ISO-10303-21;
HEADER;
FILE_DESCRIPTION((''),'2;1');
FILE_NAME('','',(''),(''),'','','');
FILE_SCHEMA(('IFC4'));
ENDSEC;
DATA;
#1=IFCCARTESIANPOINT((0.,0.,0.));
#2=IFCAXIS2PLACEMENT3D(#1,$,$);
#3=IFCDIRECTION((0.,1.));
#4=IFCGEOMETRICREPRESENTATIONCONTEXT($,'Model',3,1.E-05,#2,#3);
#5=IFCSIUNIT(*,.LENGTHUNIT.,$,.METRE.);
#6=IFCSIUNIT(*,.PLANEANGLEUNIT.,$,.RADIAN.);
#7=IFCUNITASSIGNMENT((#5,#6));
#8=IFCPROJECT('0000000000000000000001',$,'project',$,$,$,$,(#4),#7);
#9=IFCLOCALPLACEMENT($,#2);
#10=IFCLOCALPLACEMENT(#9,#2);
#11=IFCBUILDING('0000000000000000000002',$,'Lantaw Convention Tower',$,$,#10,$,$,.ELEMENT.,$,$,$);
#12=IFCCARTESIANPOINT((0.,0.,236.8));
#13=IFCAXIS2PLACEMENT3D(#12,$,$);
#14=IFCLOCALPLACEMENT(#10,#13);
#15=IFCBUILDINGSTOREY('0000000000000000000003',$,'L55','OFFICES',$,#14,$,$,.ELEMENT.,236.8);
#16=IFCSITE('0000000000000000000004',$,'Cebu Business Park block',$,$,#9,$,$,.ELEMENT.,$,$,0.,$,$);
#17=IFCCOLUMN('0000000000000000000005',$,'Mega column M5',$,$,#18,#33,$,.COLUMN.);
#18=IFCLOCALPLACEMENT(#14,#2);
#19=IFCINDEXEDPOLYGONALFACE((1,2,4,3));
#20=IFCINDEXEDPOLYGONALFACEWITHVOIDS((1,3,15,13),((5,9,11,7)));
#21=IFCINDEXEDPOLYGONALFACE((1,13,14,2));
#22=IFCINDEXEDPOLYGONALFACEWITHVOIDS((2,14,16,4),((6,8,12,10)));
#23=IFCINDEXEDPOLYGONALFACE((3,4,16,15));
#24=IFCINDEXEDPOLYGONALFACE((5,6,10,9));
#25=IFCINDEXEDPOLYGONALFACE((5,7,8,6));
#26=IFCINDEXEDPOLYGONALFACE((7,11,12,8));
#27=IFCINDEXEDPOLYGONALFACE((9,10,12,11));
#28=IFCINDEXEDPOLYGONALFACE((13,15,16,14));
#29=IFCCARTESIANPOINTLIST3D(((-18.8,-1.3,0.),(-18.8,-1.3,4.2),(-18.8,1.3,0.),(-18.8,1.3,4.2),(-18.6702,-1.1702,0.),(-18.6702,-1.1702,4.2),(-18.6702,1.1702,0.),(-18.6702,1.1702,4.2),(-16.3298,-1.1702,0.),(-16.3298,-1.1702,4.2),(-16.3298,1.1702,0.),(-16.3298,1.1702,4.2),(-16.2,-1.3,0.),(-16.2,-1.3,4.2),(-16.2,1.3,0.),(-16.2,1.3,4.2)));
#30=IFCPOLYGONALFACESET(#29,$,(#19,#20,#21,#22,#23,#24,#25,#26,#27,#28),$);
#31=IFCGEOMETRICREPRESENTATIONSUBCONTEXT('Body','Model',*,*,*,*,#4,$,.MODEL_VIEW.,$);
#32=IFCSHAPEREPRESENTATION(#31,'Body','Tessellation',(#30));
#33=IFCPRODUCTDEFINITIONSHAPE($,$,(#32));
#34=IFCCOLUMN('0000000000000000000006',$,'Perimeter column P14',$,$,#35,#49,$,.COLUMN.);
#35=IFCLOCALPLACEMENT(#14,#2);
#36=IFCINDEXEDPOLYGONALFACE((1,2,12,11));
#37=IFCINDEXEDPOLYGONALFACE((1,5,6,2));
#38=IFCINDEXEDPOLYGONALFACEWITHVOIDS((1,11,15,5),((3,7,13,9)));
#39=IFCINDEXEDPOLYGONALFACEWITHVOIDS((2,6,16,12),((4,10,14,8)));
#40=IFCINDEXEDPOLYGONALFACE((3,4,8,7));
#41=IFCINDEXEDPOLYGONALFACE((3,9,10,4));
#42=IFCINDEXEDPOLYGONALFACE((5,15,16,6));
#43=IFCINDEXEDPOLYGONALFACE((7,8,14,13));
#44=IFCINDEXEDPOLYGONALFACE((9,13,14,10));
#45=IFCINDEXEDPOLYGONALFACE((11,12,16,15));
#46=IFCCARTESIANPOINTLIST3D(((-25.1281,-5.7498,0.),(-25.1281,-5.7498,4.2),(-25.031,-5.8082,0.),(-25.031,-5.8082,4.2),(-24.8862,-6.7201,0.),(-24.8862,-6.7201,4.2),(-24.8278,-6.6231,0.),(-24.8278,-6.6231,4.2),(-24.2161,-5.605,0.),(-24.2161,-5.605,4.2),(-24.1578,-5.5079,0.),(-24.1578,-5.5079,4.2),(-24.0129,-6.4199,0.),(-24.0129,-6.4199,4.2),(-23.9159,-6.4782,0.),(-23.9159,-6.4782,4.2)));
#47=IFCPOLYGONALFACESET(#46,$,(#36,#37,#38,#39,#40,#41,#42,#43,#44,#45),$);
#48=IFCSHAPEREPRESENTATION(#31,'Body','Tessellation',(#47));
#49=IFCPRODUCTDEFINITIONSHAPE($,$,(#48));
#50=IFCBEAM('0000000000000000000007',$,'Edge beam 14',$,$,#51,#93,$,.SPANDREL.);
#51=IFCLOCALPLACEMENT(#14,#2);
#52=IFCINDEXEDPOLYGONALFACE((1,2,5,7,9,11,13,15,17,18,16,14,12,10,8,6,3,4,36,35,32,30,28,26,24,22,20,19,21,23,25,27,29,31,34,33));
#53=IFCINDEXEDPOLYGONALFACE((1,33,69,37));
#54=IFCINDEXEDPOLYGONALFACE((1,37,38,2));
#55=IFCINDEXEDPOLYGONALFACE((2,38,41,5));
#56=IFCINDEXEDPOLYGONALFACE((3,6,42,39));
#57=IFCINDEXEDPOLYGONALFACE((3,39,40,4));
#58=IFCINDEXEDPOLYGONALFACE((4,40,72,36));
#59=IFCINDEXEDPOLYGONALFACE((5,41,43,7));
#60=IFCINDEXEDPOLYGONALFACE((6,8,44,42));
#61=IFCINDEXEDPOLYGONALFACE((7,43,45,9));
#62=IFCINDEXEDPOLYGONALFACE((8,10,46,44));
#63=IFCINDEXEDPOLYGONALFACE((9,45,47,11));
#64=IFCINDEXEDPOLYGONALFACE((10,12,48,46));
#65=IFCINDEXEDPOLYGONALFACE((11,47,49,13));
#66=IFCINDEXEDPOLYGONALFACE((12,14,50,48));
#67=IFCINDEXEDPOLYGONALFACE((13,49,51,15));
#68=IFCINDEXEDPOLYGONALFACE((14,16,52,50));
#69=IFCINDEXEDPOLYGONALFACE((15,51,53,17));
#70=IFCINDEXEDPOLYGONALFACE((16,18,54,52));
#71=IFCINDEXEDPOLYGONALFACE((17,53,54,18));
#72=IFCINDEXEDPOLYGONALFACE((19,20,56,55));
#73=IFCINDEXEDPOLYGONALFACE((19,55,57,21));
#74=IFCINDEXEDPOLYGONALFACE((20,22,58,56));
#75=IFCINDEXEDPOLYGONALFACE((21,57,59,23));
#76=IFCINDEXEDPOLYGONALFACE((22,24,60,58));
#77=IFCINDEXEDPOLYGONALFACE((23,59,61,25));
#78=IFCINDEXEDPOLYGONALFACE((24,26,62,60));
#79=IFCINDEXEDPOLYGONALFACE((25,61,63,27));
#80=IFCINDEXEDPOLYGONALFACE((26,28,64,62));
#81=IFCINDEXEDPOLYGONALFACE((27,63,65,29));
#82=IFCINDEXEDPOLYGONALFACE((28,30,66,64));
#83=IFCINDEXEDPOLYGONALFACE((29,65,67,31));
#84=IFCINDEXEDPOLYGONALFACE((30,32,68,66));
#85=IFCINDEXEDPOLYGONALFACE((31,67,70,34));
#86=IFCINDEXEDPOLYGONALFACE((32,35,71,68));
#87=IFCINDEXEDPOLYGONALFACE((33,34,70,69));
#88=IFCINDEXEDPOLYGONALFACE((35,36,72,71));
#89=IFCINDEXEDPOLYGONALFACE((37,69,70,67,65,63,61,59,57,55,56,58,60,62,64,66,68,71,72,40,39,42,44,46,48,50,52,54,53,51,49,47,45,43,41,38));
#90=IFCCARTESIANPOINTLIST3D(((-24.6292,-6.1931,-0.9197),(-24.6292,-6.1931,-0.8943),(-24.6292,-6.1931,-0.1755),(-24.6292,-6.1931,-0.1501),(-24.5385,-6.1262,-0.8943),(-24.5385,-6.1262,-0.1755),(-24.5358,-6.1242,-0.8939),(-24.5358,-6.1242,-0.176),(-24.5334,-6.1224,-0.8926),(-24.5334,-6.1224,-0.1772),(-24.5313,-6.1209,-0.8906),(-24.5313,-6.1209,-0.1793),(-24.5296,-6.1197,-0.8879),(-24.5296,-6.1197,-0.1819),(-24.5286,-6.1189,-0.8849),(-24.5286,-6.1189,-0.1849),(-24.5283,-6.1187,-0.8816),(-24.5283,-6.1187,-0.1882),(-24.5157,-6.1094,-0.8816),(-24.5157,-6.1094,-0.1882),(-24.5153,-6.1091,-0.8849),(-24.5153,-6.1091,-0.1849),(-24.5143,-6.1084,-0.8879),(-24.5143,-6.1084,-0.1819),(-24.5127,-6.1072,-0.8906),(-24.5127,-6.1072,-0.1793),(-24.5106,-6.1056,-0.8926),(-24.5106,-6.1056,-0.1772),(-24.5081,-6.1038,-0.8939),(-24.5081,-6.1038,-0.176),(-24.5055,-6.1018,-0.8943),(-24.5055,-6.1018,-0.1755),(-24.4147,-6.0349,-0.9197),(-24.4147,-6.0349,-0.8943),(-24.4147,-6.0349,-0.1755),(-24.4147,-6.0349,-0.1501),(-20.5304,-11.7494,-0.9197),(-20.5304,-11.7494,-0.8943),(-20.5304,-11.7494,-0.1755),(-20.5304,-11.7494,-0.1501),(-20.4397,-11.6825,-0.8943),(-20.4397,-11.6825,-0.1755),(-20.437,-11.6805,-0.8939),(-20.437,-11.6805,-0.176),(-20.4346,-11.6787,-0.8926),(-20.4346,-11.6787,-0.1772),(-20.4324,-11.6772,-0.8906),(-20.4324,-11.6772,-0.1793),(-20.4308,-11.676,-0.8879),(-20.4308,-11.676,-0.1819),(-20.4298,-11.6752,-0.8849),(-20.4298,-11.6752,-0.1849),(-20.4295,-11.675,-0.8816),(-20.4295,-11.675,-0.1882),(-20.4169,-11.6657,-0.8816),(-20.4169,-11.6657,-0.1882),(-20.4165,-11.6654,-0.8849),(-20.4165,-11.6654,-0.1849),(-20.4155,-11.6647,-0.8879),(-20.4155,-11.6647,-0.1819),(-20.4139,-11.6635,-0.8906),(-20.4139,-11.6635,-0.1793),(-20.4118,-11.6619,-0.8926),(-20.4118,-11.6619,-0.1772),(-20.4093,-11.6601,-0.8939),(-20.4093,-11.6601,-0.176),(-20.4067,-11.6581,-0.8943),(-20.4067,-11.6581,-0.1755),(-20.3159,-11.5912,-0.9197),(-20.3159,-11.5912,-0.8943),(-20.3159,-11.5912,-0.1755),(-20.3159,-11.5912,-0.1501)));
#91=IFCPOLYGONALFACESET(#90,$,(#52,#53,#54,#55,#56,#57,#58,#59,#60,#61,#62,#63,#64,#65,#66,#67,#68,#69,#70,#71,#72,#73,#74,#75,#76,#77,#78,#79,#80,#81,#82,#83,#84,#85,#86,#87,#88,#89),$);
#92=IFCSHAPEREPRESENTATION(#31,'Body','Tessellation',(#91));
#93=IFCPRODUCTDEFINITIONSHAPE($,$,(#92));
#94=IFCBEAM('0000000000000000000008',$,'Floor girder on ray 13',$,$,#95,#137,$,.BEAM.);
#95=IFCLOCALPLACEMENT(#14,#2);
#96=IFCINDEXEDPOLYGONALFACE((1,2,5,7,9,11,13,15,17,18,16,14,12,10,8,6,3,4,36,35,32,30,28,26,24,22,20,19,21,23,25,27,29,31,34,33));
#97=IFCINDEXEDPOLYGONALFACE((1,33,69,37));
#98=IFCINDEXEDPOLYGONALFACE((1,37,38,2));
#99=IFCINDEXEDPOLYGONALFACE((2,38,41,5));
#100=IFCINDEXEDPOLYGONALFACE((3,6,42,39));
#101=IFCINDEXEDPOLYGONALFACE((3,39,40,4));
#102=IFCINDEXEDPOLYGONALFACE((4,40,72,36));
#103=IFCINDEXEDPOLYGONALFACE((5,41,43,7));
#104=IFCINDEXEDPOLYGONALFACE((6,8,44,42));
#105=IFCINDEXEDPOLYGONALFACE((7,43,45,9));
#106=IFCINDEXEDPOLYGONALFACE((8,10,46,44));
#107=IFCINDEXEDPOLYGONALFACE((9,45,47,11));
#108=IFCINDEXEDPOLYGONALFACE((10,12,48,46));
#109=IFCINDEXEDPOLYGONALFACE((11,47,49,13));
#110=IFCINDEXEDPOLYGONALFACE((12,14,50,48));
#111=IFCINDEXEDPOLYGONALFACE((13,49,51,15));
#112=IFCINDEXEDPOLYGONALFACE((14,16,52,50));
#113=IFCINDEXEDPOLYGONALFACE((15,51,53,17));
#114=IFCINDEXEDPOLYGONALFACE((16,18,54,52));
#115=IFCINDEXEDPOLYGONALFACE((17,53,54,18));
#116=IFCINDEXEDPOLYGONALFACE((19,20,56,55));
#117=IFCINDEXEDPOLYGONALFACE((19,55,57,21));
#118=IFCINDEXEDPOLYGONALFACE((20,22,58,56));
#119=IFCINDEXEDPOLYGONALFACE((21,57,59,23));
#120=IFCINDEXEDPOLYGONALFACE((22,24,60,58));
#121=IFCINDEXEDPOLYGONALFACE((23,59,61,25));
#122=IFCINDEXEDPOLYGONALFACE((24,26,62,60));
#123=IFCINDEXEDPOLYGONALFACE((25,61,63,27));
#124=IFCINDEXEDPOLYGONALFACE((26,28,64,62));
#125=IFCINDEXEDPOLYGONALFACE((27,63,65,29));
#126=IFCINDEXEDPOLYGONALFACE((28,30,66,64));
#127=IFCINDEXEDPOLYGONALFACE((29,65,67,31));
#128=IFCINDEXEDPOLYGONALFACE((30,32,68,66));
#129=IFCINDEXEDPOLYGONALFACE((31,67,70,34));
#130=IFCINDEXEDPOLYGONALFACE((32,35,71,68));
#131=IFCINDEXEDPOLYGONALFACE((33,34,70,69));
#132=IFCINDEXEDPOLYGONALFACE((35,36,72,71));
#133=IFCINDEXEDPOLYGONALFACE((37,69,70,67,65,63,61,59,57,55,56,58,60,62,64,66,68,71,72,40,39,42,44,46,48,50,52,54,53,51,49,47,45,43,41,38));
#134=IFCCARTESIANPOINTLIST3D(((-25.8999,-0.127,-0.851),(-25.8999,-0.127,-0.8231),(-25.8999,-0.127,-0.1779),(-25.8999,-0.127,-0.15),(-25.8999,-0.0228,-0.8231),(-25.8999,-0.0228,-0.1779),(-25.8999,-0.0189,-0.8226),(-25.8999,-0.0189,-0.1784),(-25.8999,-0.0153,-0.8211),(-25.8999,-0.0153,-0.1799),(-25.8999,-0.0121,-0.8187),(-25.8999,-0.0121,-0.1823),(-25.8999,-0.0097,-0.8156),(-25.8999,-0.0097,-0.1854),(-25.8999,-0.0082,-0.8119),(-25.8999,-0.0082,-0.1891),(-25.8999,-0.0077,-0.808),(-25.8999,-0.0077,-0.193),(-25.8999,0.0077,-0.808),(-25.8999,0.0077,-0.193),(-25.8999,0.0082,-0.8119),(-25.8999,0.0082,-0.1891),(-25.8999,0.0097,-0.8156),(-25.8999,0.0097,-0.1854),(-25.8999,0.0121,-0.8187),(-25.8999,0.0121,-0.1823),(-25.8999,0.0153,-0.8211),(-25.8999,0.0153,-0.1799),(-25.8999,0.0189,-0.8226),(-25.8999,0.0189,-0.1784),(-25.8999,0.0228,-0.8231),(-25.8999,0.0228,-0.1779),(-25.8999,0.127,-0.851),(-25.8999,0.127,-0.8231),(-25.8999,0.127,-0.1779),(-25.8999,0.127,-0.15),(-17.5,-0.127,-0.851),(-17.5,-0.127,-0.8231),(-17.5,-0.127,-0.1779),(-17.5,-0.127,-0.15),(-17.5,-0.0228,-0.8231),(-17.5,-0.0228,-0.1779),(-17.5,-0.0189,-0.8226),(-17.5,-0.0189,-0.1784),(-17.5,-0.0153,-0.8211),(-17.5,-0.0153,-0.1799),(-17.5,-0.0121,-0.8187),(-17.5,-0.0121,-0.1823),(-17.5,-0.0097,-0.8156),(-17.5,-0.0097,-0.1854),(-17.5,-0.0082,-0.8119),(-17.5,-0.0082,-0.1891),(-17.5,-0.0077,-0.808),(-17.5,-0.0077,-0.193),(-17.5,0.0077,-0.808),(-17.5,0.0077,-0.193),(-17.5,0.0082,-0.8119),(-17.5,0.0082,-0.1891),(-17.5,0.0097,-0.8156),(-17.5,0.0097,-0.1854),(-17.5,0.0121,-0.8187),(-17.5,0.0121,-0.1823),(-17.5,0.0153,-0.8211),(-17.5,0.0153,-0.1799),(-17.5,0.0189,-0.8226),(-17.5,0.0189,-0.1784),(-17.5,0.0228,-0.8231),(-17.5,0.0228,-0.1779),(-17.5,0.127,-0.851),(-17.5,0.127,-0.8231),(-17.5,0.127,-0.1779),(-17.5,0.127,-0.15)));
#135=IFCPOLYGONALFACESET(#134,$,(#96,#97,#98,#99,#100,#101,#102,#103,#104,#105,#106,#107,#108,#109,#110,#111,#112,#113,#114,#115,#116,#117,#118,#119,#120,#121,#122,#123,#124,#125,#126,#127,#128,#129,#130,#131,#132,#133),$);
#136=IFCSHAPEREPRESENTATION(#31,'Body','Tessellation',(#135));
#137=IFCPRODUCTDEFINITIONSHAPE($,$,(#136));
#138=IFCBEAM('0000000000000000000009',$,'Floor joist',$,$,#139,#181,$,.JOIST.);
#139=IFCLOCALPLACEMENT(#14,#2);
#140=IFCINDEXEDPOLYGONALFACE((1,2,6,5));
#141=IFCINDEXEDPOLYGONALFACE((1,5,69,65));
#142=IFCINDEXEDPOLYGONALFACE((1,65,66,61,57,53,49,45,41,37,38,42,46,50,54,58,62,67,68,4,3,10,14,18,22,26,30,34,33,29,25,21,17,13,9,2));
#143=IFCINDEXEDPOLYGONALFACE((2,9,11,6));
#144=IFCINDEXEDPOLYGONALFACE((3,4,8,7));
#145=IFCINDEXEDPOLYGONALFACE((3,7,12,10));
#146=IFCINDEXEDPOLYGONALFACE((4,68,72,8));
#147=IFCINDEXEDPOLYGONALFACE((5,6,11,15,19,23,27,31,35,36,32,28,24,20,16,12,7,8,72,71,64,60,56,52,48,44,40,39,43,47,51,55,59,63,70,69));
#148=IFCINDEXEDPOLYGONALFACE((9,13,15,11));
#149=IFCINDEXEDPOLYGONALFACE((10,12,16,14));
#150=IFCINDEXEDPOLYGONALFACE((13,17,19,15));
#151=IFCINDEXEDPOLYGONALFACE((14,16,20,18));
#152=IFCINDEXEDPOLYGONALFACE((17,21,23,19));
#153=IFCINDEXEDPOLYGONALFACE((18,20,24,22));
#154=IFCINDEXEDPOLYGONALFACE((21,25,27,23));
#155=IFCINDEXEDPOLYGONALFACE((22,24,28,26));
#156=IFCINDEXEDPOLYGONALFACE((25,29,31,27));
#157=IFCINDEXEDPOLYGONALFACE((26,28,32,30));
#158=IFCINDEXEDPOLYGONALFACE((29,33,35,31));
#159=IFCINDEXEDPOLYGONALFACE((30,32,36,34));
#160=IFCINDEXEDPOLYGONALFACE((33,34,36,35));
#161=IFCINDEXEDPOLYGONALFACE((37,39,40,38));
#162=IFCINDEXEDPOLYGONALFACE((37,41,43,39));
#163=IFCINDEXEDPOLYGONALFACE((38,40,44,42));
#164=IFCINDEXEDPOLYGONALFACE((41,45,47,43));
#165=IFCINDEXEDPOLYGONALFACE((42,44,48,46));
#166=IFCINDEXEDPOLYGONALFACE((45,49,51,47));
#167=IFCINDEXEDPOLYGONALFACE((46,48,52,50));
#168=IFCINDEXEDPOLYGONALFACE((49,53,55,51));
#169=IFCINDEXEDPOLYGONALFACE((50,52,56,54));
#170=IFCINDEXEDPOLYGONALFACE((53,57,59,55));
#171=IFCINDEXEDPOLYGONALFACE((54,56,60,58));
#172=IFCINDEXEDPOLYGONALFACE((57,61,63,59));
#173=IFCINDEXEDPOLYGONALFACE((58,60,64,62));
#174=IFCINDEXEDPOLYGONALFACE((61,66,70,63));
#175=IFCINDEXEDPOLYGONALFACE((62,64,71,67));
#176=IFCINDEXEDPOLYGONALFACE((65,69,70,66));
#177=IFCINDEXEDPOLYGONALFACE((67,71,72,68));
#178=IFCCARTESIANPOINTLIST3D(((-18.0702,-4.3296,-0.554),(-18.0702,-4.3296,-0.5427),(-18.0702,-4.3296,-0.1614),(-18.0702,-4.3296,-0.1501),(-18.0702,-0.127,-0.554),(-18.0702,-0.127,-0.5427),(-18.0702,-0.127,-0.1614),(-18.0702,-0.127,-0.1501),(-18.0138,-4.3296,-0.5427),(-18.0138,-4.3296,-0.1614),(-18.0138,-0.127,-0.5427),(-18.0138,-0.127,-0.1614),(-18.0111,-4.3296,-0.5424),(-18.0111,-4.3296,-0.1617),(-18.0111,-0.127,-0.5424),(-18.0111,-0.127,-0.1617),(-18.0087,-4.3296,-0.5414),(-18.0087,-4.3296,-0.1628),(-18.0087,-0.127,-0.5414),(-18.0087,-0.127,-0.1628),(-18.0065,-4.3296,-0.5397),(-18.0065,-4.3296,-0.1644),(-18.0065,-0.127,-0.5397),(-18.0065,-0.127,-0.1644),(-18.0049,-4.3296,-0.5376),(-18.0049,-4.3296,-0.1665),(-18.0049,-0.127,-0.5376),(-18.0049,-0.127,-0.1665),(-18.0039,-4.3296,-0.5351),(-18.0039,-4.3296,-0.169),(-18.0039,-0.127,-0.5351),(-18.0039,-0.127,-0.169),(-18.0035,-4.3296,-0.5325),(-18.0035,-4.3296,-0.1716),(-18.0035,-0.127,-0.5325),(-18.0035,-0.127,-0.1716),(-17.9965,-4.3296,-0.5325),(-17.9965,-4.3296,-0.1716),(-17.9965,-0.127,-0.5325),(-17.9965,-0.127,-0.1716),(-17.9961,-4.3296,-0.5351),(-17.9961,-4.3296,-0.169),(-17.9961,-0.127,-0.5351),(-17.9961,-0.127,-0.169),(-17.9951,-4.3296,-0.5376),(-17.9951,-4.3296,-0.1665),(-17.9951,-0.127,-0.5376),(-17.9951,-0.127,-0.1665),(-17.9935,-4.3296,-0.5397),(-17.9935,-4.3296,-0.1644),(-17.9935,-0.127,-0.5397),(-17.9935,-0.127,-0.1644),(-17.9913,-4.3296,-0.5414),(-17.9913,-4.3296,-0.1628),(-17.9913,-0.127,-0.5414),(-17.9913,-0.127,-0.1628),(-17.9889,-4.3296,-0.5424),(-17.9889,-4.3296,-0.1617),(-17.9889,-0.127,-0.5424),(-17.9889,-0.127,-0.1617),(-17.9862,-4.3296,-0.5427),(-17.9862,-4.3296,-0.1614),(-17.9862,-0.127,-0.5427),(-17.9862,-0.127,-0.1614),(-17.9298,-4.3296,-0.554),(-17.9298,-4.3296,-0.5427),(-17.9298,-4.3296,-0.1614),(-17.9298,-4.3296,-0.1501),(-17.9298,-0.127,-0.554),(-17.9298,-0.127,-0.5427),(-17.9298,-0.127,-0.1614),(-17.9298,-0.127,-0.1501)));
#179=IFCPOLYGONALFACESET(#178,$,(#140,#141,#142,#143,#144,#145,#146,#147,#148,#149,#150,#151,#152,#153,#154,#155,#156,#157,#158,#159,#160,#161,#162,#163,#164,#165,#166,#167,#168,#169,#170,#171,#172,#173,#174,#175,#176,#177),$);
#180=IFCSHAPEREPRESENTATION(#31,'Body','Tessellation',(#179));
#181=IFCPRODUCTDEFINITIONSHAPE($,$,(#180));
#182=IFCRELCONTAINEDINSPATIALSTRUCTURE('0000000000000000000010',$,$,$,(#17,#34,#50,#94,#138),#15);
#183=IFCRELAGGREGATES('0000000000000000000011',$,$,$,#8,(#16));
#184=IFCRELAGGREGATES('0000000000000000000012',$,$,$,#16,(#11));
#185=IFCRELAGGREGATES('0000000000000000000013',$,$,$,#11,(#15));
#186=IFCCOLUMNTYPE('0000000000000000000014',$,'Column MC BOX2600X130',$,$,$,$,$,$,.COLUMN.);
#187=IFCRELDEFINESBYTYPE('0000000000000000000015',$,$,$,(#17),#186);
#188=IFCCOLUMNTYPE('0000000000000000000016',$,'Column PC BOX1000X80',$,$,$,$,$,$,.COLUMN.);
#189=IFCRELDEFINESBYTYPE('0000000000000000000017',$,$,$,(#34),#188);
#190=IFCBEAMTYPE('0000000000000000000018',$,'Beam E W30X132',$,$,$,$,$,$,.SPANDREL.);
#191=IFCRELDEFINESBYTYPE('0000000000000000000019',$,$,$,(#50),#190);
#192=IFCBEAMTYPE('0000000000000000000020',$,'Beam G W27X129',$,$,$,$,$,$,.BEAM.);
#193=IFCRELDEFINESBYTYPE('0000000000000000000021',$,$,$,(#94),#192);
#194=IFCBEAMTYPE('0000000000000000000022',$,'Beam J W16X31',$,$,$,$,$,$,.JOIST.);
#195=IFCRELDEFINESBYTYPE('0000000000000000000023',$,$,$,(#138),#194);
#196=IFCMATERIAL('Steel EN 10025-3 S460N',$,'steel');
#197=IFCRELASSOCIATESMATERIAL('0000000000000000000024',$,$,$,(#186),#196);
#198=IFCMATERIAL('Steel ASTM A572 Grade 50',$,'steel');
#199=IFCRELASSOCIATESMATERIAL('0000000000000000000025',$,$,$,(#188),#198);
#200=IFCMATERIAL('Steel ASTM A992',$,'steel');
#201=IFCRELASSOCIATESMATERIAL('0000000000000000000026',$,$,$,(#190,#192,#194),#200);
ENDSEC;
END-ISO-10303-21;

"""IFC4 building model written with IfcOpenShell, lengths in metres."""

from ifc_helpers import new_model, si_unit, direction, frame, origin, origin_2d, place, context, subcontext, project, spatial, rectangle, hollow_rectangle, i_section, extrude, material, material_profile, profile_set, type_object, element, save


model = new_model("IFC4")

# Units and contexts
model_context = context("Model", 3, precision=1e-05, world=origin(), true_north=direction((0.0, 1.0)))
body_context = subcontext(model_context, "Body", "Model", "MODEL_VIEW")
ifc_project = project(units=[si_unit("LENGTHUNIT", "METRE"), si_unit("PLANEANGLEUNIT", "RADIAN")], contexts=[model_context])

# Site, building, storey
site_placement = place(None, origin())
site = spatial("IfcSite", under=ifc_project, at=site_placement, Name="Cebu Business Park block", CompositionType="ELEMENT", RefElevation=0.0)
building_placement = place(site_placement, origin())
building = spatial("IfcBuilding", under=site, at=building_placement, Name="Lantaw Convention Tower", CompositionType="ELEMENT")
storey_placement = place(building_placement, frame((0.0, 0.0, 236.8)))
storey = spatial("IfcBuildingStorey", under=building, at=storey_placement, Name="L55", Description="OFFICES", CompositionType="ELEMENT", Elevation=236.8)

# Columns
ifc_material_1 = material(Name="Steel EN 10025-3 S460N", Category="steel")
ifc_material_profile_1 = material_profile(ifc_material_1, hollow_rectangle(XDim=2.6001, YDim=2.6001, WallThickness=0.1299, at=origin_2d()), Name="BOX2600X130")
ifc_material_2 = material(Name="Concrete C60/75", Category="concrete")
ifc_material_profile_2 = material_profile(ifc_material_2, rectangle(XDim=2.3401, YDim=2.3401, at=origin_2d()), Name="Concrete fill of BOX2600X130")
ifc_profile_set_1 = profile_set([ifc_material_profile_1, ifc_material_profile_2], Name="Steel EN 10025-3 S460N")
column_type_1 = type_object("IfcColumnType", Name="Column MC BOX2600X130", PredefinedType="COLUMN", material=ifc_profile_set_1)
column_1_placement = place(storey_placement, frame((-17.5, 0.0, 0.0), z_axis=(0.0, 0.0, 1.0), x_axis=(1.0, 0.0, 0.0)))
element("IfcColumn", 1, at=column_1_placement, inside=storey, type_object=column_type_1, Name="Mega column M5", PredefinedType="COLUMN", context=body_context, shape_type="SweptSolid", body=[
    extrude(hollow_rectangle(XDim=2.6001, YDim=2.6001, WallThickness=0.1299, at=origin_2d()), origin(), (0.0, 0.0, 1.0), 4.2),
])
ifc_material_3 = material(Name="Steel ASTM A572 Grade 50", Category="steel")
ifc_material_profile_3 = material_profile(ifc_material_3, hollow_rectangle(XDim=1.0, YDim=1.0, WallThickness=0.0801, at=origin_2d()), Name="BOX1000X80")
ifc_material_profile_4 = material_profile(ifc_material_2, rectangle(XDim=0.8401, YDim=0.8401, at=origin_2d()), Name="Concrete fill of BOX1000X80")
ifc_profile_set_2 = profile_set([ifc_material_profile_3, ifc_material_profile_4], Name="Steel ASTM A572 Grade 50")
column_type_2 = type_object("IfcColumnType", Name="Column PC BOX1000X80", PredefinedType="COLUMN", material=ifc_profile_set_2)
column_2_placement = place(storey_placement, frame((-24.522, -6.114, 0.0), z_axis=(0.0, 0.0, 1.0), x_axis=(0.970296, 0.241922, 0.0)))
element("IfcColumn", 2, at=column_2_placement, inside=storey, type_object=column_type_2, Name="Perimeter column P14", PredefinedType="COLUMN", context=body_context, shape_type="SweptSolid", body=[
    extrude(hollow_rectangle(XDim=1.0, YDim=1.0, WallThickness=0.0801, at=origin_2d()), origin(), (0.0, 0.0, 1.0), 4.2),
])

# Beams
ifc_material_4 = material(Name="Steel ASTM A992", Category="steel")
ifc_material_profile_5 = material_profile(ifc_material_4, i_section(OverallWidth=0.2666, OverallDepth=0.7695, WebThickness=0.0156, FlangeThickness=0.0254, FilletRadius=0.0127, at=origin_2d()), Name="W30X132")
ifc_profile_set_3 = profile_set([ifc_material_profile_5], Name="Steel ASTM A992")
beam_type_1 = type_object("IfcBeamType", Name="Beam E W30X132", PredefinedType="SPANDREL", material=ifc_profile_set_3)
beam_1_placement = place(storey_placement, frame((-24.522, -6.114, -0.5349), z_axis=(0.593639, -0.804731, 0.0), x_axis=(0.804731, 0.593639, 0.0)))
element("IfcBeam", 3, at=beam_1_placement, inside=storey, type_object=beam_type_1, Name="Edge beam 14", PredefinedType="SPANDREL", context=body_context, shape_type="SweptSolid", body=[
    extrude(i_section(OverallWidth=0.2666, OverallDepth=0.7695, WebThickness=0.0156, FlangeThickness=0.0254, FilletRadius=0.0127, at=origin_2d()), origin(), (0.0, 0.0, 1.0), 6.9045),
])
ifc_material_profile_6 = material_profile(ifc_material_4, i_section(OverallWidth=0.2539, OverallDepth=0.7009, WebThickness=0.0154, FlangeThickness=0.0278, FilletRadius=0.0151, at=origin_2d()), Name="W27X129")
ifc_profile_set_4 = profile_set([ifc_material_profile_6], Name="Steel ASTM A992")
beam_type_2 = type_object("IfcBeamType", Name="Beam G W27X129", PredefinedType="BEAM", material=ifc_profile_set_4)
beam_2_placement = place(storey_placement, frame((-17.5, 0.0, -0.5005), z_axis=(-1.0, 0.0, 0.0), x_axis=(0.0, -1.0, 0.0)))
element("IfcBeam", 4, at=beam_2_placement, inside=storey, type_object=beam_type_2, Name="Floor girder on ray 13", PredefinedType="BEAM", context=body_context, shape_type="SweptSolid", body=[
    extrude(i_section(OverallWidth=0.2539, OverallDepth=0.7009, WebThickness=0.0154, FlangeThickness=0.0278, FilletRadius=0.0151, at=origin_2d()), origin(), (0.0, 0.0, 1.0), 8.3999),
])
ifc_material_profile_7 = material_profile(ifc_material_4, i_section(OverallWidth=0.1404, OverallDepth=0.4038, WebThickness=0.0071, FlangeThickness=0.0112, FilletRadius=0.0103, at=origin_2d()), Name="W16X31")
ifc_profile_set_5 = profile_set([ifc_material_profile_7], Name="Steel ASTM A992")
beam_type_3 = type_object("IfcBeamType", Name="Beam J W16X31", PredefinedType="JOIST", material=ifc_profile_set_5)
beam_3_placement = place(storey_placement, frame((-18.0, -4.3296, -0.3521), z_axis=(0.0, 1.0, 0.0), x_axis=(-1.0, 0.0, 0.0)))
element("IfcBeam", 5, at=beam_3_placement, inside=storey, type_object=beam_type_3, Name="Floor joist", PredefinedType="JOIST", context=body_context, shape_type="SweptSolid", body=[
    extrude(i_section(OverallWidth=0.1404, OverallDepth=0.4038, WebThickness=0.0071, FlangeThickness=0.0112, FilletRadius=0.0103, at=origin_2d()), origin(), (0.0, 0.0, 1.0), 4.2026),
])

save(model, "model.ifc")
